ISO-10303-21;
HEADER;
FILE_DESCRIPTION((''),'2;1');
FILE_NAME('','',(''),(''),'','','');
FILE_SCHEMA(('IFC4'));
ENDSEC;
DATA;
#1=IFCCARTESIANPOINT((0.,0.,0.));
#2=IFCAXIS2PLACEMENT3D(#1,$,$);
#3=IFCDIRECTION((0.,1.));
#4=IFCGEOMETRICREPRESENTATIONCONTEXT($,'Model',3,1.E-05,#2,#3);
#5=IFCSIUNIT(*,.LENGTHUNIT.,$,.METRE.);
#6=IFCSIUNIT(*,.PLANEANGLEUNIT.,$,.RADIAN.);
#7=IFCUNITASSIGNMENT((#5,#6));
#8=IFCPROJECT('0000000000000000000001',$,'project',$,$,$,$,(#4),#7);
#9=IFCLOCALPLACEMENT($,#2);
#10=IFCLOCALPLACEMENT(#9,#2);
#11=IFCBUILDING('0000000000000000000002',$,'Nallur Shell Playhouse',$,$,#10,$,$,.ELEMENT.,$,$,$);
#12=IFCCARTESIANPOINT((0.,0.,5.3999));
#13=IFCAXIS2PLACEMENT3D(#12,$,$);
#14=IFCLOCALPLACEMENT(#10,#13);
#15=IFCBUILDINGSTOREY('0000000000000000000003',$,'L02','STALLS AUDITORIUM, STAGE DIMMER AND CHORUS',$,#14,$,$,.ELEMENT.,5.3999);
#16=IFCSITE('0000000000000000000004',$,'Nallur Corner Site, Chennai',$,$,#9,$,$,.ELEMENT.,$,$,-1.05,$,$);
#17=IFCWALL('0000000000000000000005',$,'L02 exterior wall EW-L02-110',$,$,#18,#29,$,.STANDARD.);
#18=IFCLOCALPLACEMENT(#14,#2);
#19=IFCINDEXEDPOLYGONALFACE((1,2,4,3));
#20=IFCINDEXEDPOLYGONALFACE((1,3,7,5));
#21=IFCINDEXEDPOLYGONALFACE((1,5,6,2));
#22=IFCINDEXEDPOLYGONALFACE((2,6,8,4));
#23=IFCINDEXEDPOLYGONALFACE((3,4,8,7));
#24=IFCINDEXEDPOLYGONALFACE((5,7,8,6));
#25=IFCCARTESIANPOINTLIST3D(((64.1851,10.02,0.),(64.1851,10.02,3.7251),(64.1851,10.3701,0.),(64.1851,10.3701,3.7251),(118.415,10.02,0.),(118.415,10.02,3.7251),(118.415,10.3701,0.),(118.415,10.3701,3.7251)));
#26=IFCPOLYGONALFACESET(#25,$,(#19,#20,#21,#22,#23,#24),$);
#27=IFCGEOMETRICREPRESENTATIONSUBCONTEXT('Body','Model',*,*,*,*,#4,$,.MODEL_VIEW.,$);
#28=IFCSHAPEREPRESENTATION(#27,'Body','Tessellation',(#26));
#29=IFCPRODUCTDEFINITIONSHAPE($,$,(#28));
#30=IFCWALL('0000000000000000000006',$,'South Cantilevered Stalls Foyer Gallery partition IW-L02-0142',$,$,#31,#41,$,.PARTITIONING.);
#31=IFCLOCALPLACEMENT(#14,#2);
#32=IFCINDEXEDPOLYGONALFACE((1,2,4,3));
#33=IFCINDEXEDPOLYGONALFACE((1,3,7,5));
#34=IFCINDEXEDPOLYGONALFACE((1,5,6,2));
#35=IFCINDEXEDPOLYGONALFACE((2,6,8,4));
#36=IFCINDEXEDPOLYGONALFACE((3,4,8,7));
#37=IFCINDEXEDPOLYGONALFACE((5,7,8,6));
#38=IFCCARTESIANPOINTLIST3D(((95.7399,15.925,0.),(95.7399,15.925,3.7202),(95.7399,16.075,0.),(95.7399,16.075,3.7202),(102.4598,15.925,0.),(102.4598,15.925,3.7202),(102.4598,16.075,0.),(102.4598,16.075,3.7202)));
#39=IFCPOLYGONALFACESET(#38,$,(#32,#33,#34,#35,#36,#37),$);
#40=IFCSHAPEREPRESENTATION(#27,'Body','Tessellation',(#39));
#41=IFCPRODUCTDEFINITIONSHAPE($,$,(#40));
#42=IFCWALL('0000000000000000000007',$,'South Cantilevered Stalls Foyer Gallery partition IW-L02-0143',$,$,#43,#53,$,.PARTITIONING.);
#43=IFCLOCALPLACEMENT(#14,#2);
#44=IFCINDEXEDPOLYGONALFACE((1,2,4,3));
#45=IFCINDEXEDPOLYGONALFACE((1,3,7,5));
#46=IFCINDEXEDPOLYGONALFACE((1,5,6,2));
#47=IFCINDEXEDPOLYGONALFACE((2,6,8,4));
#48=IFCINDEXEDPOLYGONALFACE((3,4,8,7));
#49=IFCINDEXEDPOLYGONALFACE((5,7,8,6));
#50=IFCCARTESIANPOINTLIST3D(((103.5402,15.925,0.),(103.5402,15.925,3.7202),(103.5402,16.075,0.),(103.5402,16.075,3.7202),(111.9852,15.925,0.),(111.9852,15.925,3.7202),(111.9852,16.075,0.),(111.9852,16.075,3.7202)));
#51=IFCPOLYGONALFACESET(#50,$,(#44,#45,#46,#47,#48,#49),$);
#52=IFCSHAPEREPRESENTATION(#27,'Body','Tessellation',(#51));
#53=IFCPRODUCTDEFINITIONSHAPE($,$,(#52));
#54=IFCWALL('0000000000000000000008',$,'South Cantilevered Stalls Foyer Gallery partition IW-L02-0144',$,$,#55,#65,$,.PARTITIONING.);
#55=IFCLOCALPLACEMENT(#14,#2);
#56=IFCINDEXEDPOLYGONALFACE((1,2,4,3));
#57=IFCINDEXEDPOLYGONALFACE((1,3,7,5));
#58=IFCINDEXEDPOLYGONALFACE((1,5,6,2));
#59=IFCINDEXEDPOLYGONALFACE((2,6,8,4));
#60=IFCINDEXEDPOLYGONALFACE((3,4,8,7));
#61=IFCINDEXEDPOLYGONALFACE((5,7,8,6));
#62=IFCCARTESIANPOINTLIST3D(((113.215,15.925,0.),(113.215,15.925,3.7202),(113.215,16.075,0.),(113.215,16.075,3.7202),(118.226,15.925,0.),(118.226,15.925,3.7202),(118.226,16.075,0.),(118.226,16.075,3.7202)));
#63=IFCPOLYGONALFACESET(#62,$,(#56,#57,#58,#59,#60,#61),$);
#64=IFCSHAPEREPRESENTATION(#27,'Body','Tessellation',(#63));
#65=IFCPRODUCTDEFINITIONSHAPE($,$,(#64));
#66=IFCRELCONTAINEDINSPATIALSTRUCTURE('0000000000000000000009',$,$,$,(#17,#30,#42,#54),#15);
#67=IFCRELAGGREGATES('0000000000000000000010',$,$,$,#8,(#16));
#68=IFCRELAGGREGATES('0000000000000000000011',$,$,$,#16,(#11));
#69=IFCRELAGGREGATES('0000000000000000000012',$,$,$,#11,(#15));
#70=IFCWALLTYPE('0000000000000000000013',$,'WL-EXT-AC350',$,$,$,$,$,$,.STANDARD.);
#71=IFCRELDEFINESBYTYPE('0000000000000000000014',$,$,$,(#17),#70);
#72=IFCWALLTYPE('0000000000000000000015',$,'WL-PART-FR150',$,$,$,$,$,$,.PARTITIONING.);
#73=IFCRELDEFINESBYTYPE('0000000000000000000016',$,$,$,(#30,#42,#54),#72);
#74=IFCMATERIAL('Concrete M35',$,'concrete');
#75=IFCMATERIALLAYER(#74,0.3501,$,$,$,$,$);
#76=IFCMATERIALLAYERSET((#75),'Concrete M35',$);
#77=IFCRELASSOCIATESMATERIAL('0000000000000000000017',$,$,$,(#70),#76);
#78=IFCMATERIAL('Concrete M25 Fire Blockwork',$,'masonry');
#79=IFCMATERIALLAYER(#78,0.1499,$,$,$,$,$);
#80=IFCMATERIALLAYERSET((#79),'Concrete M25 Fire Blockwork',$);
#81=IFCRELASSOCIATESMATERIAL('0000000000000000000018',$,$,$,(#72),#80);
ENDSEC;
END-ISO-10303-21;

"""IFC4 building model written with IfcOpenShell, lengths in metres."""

from ifc_helpers import new_model, si_unit, direction, frame, frame_2d, origin, place, context, subcontext, project, spatial, rectangle, extrude, material, layer, layer_set, type_object, element, save


model = new_model("IFC4")

# Units and contexts
model_context = context("Model", 3, precision=1e-05, world=origin(), true_north=direction((0.0, 1.0)))
body_context = subcontext(model_context, "Body", "Model", "MODEL_VIEW")
ifc_project = project(units=[si_unit("LENGTHUNIT", "METRE"), si_unit("PLANEANGLEUNIT", "RADIAN")], contexts=[model_context])

# Site, building, storey
site_placement = place(None, origin())
site = spatial("IfcSite", under=ifc_project, at=site_placement, Name="Nallur Corner Site, Chennai", CompositionType="ELEMENT", RefElevation=-1.05)
building_placement = place(site_placement, origin())
building = spatial("IfcBuilding", under=site, at=building_placement, Name="Nallur Shell Playhouse", CompositionType="ELEMENT")
storey_placement = place(building_placement, frame((0.0, 0.0, 5.3999)))
storey = spatial("IfcBuildingStorey", under=building, at=storey_placement, Name="L02", Description="STALLS AUDITORIUM, STAGE DIMMER AND CHORUS", CompositionType="ELEMENT", Elevation=5.3999)

# Walls
ifc_material_1 = material(Name="Concrete M35", Category="concrete")
ifc_layer_1 = layer(ifc_material_1, 0.3501)
ifc_layer_set_1 = layer_set([ifc_layer_1], Name="Concrete M35")
wall_type_1 = type_object("IfcWallType", Name="WL-EXT-AC350", PredefinedType="STANDARD", material=ifc_layer_set_1)
wall_1_placement = place(storey_placement, frame((118.415, 10.1951, 0.0), z_axis=(0.0, 0.0, 1.0), x_axis=(-1.0, 0.0, 0.0)))
element("IfcWall", 1, at=wall_1_placement, inside=storey, type_object=wall_type_1, Name="L02 exterior wall EW-L02-110", PredefinedType="STANDARD", context=body_context, shape_type="SweptSolid", body=[
    extrude(rectangle(XDim=54.23, YDim=0.3501, at=frame_2d((27.115, 0.0))), origin(), (0.0, 0.0, 1.0), 3.7251),
])
ifc_material_2 = material(Name="Concrete M25 Fire Blockwork", Category="masonry")
ifc_layer_2 = layer(ifc_material_2, 0.1499)
ifc_layer_set_2 = layer_set([ifc_layer_2], Name="Concrete M25 Fire Blockwork")
wall_type_2 = type_object("IfcWallType", Name="WL-PART-FR150", PredefinedType="PARTITIONING", material=ifc_layer_set_2)
wall_2_placement = place(storey_placement, frame((95.74, 16.0, 0.0), z_axis=(0.0, 0.0, 1.0), x_axis=(1.0, 0.0, 0.0)))
element("IfcWall", 2, at=wall_2_placement, inside=storey, type_object=wall_type_2, Name="South Cantilevered Stalls Foyer Gallery partition IW-L02-0142", PredefinedType="PARTITIONING", context=body_context, shape_type="SweptSolid", body=[
    extrude(rectangle(XDim=6.72, YDim=0.1499, at=frame_2d((3.3599, 0.0))), origin(), (0.0, 0.0, 1.0), 3.7202),
])
wall_3_placement = place(storey_placement, frame((103.54, 16.0, 0.0), z_axis=(0.0, 0.0, 1.0), x_axis=(1.0, 0.0, 0.0)))
element("IfcWall", 3, at=wall_3_placement, inside=storey, type_object=wall_type_2, Name="South Cantilevered Stalls Foyer Gallery partition IW-L02-0143", PredefinedType="PARTITIONING", context=body_context, shape_type="SweptSolid", body=[
    extrude(rectangle(XDim=8.4451, YDim=0.1499, at=frame_2d((4.2227, 0.0))), origin(), (0.0, 0.0, 1.0), 3.7202),
])
wall_4_placement = place(storey_placement, frame((113.2151, 16.0, 0.0), z_axis=(0.0, 0.0, 1.0), x_axis=(1.0, 0.0, 0.0)))
element("IfcWall", 4, at=wall_4_placement, inside=storey, type_object=wall_type_2, Name="South Cantilevered Stalls Foyer Gallery partition IW-L02-0144", PredefinedType="PARTITIONING", context=body_context, shape_type="SweptSolid", body=[
    extrude(rectangle(XDim=5.011, YDim=0.1499, at=frame_2d((2.5054, 0.0))), origin(), (0.0, 0.0, 1.0), 3.7202),
])

save(model, "model.ifc")
